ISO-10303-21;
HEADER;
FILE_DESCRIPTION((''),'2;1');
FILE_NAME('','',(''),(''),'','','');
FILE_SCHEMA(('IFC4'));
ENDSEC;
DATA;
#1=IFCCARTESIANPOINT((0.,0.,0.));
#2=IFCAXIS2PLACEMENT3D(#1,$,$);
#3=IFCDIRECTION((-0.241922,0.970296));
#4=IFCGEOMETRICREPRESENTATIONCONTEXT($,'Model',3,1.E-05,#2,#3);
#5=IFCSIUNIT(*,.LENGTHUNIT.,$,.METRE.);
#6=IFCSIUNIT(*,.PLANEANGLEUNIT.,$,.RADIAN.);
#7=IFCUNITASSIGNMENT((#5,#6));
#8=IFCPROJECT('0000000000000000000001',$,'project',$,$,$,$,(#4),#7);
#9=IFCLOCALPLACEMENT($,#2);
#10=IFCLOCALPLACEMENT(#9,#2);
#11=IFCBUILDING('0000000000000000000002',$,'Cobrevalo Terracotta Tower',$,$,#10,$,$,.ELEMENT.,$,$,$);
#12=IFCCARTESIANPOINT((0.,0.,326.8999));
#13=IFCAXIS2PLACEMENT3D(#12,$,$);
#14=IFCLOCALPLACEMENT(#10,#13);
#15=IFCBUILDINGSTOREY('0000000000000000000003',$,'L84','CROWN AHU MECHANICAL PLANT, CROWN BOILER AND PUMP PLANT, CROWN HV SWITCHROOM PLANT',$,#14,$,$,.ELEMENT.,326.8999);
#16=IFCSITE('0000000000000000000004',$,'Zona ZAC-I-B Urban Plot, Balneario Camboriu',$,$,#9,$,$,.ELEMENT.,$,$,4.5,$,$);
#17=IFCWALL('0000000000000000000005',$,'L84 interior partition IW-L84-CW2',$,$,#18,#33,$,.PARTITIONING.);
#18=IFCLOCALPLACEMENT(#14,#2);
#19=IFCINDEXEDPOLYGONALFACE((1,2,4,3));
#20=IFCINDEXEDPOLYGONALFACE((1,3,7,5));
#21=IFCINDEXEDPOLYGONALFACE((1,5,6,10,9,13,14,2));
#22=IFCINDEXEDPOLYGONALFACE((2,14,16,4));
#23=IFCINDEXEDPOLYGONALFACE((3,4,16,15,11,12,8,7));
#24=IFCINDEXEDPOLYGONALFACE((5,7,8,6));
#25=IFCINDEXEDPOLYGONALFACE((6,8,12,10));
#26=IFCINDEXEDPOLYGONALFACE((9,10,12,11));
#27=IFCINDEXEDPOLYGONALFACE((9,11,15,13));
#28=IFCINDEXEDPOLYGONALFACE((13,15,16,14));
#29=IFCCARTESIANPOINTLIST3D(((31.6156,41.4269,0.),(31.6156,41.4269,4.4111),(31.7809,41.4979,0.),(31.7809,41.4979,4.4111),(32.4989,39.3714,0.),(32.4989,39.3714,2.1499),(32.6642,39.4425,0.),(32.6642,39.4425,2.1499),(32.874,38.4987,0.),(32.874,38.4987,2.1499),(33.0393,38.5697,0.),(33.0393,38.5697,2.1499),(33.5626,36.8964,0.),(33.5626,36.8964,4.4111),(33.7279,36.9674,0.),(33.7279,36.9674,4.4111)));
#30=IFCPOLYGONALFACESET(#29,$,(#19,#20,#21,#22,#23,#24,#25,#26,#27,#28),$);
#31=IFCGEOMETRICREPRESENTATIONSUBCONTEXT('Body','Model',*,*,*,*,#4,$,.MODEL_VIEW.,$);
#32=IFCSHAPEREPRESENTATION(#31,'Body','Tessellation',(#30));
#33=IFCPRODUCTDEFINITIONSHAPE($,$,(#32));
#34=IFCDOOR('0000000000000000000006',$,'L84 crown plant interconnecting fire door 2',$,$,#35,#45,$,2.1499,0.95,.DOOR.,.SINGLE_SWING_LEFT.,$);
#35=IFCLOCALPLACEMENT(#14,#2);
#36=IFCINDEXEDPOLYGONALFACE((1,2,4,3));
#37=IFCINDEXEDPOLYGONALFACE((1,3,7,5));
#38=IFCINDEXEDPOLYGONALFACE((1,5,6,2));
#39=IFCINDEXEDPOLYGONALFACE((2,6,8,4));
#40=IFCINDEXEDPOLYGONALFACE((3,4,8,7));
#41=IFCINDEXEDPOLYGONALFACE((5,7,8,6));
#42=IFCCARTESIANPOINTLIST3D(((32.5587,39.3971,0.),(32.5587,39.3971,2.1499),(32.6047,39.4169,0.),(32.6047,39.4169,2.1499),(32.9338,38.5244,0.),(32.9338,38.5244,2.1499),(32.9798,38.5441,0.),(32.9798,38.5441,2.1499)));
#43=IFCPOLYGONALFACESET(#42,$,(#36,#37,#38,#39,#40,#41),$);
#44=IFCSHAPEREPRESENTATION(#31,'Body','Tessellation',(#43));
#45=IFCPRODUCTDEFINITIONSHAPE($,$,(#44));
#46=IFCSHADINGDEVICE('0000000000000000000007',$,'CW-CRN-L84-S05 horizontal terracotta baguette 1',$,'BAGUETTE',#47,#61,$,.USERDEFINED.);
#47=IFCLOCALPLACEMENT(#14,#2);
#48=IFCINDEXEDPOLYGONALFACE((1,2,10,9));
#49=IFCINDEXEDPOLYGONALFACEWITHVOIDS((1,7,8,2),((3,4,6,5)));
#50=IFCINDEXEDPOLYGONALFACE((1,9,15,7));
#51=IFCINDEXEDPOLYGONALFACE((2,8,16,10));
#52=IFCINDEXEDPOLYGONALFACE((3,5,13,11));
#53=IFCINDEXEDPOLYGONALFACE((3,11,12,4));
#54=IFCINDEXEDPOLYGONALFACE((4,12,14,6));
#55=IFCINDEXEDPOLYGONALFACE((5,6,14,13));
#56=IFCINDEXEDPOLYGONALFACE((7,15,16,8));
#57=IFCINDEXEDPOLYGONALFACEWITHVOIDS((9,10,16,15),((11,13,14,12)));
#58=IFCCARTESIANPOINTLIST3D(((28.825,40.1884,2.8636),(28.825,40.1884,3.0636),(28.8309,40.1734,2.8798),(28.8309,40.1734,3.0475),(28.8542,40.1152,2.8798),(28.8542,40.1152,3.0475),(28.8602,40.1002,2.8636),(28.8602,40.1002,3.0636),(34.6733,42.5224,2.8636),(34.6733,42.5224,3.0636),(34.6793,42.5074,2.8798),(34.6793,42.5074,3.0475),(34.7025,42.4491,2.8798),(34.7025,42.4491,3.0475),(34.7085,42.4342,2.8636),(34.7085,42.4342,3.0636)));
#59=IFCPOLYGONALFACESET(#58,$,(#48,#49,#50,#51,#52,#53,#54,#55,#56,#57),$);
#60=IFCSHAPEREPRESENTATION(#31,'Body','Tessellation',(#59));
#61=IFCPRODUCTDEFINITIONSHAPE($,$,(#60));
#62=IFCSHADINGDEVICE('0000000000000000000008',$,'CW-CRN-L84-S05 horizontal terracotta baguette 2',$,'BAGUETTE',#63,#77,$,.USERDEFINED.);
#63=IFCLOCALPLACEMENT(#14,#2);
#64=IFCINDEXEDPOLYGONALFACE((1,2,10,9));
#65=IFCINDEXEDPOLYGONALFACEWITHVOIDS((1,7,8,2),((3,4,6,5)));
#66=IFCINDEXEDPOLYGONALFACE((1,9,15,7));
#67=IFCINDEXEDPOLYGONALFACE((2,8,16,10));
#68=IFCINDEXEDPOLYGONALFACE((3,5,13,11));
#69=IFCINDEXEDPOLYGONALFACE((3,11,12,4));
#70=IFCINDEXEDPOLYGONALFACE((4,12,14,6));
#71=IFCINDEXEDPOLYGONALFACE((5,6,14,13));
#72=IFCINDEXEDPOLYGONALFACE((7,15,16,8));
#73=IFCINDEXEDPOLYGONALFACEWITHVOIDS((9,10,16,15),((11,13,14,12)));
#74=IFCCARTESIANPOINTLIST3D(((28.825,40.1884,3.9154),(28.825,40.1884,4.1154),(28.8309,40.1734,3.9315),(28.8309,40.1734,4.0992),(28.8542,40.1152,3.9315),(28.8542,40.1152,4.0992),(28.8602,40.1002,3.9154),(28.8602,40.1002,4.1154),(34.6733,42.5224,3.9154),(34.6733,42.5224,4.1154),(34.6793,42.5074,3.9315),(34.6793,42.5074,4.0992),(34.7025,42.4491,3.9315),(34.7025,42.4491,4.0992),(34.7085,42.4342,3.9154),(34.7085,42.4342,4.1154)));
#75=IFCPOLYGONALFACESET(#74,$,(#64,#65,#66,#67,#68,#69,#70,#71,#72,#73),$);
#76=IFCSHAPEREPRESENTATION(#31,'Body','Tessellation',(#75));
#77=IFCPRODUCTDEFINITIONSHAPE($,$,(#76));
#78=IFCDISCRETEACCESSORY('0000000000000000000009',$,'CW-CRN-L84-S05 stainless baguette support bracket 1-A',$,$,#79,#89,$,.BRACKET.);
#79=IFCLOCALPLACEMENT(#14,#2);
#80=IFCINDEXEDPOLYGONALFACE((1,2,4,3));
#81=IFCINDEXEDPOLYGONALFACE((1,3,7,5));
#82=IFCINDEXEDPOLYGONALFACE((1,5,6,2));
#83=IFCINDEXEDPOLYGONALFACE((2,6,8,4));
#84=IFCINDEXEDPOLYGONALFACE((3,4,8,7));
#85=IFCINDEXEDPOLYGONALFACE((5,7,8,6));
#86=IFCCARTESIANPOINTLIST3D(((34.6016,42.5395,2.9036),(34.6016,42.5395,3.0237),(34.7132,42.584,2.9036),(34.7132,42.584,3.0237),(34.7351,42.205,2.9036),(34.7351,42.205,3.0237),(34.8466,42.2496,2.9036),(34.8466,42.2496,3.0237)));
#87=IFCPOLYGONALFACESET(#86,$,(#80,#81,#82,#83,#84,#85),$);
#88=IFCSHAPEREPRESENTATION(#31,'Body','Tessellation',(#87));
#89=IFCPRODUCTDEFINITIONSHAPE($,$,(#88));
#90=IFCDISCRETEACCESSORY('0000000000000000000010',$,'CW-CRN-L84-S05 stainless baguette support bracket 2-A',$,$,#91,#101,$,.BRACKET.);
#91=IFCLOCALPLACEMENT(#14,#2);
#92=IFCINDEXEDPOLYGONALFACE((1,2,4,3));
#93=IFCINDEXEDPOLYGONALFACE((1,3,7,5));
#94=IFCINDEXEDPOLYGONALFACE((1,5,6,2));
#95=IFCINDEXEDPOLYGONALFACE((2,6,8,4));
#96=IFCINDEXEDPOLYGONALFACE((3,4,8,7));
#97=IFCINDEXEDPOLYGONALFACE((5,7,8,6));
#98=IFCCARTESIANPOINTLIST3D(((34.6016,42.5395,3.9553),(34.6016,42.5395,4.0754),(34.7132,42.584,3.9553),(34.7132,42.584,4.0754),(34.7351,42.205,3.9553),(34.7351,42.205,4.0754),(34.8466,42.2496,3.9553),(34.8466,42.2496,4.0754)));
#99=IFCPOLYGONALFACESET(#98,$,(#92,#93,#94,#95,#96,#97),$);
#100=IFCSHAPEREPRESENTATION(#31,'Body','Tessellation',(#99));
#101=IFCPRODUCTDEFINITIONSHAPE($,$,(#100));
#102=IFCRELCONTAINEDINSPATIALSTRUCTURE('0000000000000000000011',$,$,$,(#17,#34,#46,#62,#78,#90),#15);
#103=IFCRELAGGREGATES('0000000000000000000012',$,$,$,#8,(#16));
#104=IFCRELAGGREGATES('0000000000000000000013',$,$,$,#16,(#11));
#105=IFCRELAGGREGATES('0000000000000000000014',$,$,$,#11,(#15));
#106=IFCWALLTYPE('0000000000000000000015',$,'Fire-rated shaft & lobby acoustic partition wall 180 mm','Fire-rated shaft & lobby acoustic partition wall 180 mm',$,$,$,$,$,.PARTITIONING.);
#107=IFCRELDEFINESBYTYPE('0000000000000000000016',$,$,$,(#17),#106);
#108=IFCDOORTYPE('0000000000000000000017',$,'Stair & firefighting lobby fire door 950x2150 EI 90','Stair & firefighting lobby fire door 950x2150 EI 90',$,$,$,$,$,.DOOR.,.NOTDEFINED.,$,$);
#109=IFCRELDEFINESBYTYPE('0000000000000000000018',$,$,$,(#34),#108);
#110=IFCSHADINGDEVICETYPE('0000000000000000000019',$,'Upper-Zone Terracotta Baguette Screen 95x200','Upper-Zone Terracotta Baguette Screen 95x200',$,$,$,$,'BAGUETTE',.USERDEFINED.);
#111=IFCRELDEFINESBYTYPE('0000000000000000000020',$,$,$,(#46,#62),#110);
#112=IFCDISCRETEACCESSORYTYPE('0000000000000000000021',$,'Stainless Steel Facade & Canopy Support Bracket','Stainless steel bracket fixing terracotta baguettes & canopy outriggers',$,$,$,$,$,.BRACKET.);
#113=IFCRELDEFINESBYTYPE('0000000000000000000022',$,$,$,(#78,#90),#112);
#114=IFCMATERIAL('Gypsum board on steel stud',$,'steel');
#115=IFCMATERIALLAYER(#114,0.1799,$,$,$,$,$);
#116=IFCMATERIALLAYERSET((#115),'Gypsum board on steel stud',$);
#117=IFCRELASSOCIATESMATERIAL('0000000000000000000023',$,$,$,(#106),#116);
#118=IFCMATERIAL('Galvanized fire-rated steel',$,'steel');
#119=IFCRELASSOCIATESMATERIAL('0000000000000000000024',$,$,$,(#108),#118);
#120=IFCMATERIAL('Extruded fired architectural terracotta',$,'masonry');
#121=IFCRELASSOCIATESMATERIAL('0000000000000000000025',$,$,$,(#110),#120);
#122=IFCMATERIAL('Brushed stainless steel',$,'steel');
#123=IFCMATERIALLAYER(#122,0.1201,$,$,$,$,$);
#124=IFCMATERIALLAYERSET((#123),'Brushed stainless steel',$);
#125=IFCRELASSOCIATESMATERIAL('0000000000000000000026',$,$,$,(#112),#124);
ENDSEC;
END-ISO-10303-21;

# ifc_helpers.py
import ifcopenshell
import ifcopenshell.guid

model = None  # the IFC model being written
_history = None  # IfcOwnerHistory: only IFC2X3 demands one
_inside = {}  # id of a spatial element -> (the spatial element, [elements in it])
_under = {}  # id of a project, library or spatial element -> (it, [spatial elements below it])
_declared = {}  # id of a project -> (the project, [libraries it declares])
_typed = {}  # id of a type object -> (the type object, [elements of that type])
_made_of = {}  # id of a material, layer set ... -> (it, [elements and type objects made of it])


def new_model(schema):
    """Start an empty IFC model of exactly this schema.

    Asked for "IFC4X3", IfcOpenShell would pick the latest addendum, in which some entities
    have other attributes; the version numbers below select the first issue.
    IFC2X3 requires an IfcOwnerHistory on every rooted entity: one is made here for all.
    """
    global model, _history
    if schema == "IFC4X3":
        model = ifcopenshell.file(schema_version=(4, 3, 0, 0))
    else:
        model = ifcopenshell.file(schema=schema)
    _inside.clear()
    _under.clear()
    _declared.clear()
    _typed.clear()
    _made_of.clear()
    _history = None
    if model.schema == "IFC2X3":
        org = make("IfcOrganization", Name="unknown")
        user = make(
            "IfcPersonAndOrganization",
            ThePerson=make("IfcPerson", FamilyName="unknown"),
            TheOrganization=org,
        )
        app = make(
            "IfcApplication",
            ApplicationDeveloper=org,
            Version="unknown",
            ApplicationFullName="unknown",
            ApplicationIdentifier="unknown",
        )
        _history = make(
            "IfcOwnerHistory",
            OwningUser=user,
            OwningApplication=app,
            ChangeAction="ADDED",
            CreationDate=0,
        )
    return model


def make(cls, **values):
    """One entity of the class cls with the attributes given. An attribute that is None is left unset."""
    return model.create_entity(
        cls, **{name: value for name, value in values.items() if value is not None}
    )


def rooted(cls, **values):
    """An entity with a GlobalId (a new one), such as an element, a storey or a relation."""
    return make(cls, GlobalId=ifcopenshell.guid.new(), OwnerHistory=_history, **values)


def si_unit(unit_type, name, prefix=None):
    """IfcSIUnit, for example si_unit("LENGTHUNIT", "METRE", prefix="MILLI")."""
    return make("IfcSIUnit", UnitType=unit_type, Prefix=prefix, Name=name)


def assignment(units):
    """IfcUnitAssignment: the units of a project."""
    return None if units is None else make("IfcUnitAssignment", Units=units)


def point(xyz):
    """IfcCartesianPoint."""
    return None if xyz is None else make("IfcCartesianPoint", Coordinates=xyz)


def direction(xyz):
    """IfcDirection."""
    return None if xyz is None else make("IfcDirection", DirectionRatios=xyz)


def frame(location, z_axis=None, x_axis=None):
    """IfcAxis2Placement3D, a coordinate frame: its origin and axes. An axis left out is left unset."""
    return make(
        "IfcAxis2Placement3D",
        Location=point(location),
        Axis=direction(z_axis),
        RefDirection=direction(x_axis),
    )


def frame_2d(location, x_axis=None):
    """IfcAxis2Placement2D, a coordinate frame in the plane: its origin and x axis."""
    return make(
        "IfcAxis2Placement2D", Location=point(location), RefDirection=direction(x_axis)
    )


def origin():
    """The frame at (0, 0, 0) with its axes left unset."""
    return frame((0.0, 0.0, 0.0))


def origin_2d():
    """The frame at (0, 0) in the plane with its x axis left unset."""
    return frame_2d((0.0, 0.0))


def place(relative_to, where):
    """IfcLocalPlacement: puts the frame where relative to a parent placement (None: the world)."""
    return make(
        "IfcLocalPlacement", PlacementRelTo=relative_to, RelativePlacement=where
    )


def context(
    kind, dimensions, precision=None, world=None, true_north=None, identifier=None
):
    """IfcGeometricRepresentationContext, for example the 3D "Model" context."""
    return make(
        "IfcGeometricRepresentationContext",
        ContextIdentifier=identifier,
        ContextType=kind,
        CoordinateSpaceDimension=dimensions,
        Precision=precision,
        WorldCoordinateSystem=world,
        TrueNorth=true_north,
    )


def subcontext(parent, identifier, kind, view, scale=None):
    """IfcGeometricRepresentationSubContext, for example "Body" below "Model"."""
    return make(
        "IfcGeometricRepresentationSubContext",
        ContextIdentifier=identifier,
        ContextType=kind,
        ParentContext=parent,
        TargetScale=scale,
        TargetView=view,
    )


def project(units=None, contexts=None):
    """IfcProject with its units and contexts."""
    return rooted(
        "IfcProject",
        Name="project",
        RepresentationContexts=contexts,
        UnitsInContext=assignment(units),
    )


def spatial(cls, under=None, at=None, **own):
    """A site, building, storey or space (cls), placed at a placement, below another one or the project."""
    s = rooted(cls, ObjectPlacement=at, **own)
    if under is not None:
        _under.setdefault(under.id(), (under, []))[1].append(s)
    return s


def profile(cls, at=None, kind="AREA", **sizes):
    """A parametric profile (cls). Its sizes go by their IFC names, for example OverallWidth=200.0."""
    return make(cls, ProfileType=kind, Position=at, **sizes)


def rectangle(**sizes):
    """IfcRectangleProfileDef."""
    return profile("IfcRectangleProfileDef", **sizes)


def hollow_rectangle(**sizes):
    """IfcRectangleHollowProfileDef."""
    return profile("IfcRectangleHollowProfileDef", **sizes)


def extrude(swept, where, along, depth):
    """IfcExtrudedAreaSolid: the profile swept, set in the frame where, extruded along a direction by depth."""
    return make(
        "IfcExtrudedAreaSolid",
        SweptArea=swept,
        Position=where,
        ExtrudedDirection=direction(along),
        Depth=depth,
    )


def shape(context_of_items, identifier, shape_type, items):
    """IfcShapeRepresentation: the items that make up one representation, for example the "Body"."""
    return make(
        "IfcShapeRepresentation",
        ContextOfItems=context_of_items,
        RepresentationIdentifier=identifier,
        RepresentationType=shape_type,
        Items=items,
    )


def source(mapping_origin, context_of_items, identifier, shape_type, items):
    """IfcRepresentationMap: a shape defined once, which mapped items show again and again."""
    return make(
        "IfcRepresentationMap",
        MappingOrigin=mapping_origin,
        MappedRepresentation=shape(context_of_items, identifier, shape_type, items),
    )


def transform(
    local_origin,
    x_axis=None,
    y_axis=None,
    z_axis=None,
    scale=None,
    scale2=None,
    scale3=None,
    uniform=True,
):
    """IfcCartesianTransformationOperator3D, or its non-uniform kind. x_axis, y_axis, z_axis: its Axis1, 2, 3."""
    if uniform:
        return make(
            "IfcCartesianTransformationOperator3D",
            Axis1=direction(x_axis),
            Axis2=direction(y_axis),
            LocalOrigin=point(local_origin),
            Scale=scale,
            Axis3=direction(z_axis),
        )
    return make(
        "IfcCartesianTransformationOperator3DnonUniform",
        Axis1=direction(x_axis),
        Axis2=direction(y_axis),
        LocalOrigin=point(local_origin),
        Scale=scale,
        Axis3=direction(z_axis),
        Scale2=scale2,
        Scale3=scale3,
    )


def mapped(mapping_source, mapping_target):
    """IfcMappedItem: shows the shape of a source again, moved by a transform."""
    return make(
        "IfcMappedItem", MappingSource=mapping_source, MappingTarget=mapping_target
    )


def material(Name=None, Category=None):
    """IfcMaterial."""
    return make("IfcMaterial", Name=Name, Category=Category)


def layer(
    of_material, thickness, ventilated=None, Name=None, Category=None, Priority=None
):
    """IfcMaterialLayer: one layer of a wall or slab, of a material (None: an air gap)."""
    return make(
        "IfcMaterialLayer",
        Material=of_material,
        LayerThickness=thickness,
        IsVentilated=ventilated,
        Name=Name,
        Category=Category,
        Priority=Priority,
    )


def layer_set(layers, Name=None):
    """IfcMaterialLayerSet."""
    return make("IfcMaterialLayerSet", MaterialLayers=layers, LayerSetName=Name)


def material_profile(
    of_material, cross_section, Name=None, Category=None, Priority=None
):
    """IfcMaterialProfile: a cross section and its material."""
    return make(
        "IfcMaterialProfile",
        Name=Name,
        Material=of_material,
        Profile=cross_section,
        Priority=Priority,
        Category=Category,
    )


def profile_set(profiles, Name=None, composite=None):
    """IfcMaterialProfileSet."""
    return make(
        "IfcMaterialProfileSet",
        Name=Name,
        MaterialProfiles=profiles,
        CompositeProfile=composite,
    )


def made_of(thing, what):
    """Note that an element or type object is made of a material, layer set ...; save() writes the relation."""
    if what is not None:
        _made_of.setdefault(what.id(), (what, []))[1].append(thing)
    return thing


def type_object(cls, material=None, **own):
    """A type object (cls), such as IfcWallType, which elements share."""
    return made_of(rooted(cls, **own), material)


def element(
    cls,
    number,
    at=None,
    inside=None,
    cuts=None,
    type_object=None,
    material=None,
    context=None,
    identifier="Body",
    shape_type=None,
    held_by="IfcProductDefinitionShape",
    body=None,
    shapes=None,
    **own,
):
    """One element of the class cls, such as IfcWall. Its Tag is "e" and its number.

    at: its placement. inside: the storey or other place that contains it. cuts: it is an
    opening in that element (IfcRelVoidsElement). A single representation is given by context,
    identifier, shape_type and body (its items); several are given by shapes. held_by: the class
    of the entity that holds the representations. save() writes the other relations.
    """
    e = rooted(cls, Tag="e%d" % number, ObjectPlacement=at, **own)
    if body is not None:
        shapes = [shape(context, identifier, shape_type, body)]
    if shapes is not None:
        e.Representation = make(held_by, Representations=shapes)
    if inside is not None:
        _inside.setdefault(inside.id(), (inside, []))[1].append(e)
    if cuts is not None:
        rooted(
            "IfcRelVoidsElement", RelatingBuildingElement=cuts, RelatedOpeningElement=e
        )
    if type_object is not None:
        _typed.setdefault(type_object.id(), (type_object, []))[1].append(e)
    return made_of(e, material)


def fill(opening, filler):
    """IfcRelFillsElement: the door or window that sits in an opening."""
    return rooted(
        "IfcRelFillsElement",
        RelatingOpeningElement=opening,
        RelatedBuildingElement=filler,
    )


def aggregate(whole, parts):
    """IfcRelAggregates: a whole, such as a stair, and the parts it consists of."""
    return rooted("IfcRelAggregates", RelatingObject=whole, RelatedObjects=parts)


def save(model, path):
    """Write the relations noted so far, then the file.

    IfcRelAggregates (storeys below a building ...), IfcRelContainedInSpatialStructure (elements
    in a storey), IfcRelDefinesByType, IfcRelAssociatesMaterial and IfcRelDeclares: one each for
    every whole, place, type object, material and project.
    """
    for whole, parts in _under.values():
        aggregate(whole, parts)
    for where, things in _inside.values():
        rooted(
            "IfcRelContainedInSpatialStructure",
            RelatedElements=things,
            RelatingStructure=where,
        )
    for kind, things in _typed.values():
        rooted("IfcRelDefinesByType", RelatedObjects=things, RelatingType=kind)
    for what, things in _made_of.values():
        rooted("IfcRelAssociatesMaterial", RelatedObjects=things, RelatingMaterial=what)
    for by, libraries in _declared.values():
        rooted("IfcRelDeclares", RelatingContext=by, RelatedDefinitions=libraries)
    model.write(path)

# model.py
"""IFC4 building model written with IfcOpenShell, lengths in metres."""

from ifc_helpers import new_model, si_unit, direction, frame, frame_2d, origin, origin_2d, place, context, subcontext, project, spatial, rectangle, hollow_rectangle, extrude, source, transform, mapped, material, layer, layer_set, material_profile, profile_set, type_object, element, fill, save


model = new_model("IFC4")

# Units and contexts
model_context = context("Model", 3, precision=1e-05, world=origin(), true_north=direction((-0.241922, 0.970296)))
body_context = subcontext(model_context, "Body", "Model", "MODEL_VIEW")
ifc_project = project(units=[si_unit("LENGTHUNIT", "METRE"), si_unit("PLANEANGLEUNIT", "RADIAN")], contexts=[model_context])

# Site, building, storey
site_placement = place(None, origin())
site = spatial("IfcSite", under=ifc_project, at=site_placement, Name="Zona ZAC-I-B Urban Plot, Balneario Camboriu", CompositionType="ELEMENT", RefElevation=4.5)
building_placement = place(site_placement, origin())
building = spatial("IfcBuilding", under=site, at=building_placement, Name="Cobrevalo Terracotta Tower", CompositionType="ELEMENT")
storey_placement = place(building_placement, frame((0.0, 0.0, 326.8999)))
storey = spatial("IfcBuildingStorey", under=building, at=storey_placement, Name="L84", Description="CROWN AHU MECHANICAL PLANT, CROWN BOILER AND PUMP PLANT, CROWN HV SWITCHROOM PLANT", CompositionType="ELEMENT", Elevation=326.8999)

# Wall, opening, door
ifc_material_1 = material(Name="Gypsum board on steel stud", Category="steel")
ifc_layer_1 = layer(ifc_material_1, 0.1799)
ifc_layer_set_1 = layer_set([ifc_layer_1], Name="Gypsum board on steel stud")
wall_type = type_object("IfcWallType", Name="Fire-rated shaft & lobby acoustic partition wall 180 mm", Description="Fire-rated shaft & lobby acoustic partition wall 180 mm", PredefinedType="PARTITIONING", material=ifc_layer_set_1)
wall_placement = place(storey_placement, frame((33.6453, 36.9319, 0.0), z_axis=(0.0, 0.0, 1.0), x_axis=(-0.394839, 0.91875, 0.0)))
wall = element("IfcWall", 1, at=wall_placement, inside=storey, type_object=wall_type, Name="L84 interior partition IW-L84-CW2", PredefinedType="PARTITIONING", context=body_context, shape_type="SweptSolid", body=[
    extrude(rectangle(XDim=4.9312, YDim=0.1799, at=frame_2d((2.4656, 0.0))), origin(), (0.0, 0.0, 1.0), 4.4111),
])
opening_placement = place(wall_placement, frame((1.7439, 0.0, 0.0)))
opening = element("IfcOpeningElement", 2, at=opening_placement, cuts=wall, PredefinedType="OPENING", context=body_context, shape_type="SweptSolid", body=[
    extrude(rectangle(XDim=0.95, YDim=2.1499, at=frame_2d((0.4751, 1.075))), frame((0.0, 0.1001, 0.0), z_axis=(0.0, -1.0, 0.0), x_axis=(1.0, 0.0, 0.0)), (0.0, 0.0, 1.0), 0.2),
])
ifc_material_2 = material(Name="Galvanized fire-rated steel", Category="steel")
door_type = type_object("IfcDoorType", Name="Stair & firefighting lobby fire door 950x2150 EI 90", Description="Stair & firefighting lobby fire door 950x2150 EI 90", OperationType="NOTDEFINED", PredefinedType="DOOR", material=ifc_material_2)
shared_shape_1 = source(origin(), body_context, "Body", "SweptSolid", [
    extrude(rectangle(XDim=0.95, YDim=2.1499, at=frame_2d((0.4751, 1.075))), frame((0.0, 0.0249, 0.0), z_axis=(0.0, -1.0, 0.0), x_axis=(1.0, 0.0, 0.0)), (0.0, 0.0, 1.0), 0.05),
])
door_placement = place(opening_placement, origin())
door = element("IfcDoor", 3, at=door_placement, inside=storey, type_object=door_type, Name="L84 crown plant interconnecting fire door 2", OperationType="SINGLE_SWING_LEFT", OverallHeight=2.1499, OverallWidth=0.95, PredefinedType="DOOR", context=body_context, shape_type="MappedRepresentation", body=[
    mapped(shared_shape_1, transform((0.0, 0.0, 0.0), scale=1.0)),
])
fill(opening, door)

# Shading devices
ifc_material_3 = material(Name="Extruded fired architectural terracotta", Category="masonry")
ifc_material_profile_1 = material_profile(ifc_material_3, hollow_rectangle(XDim=0.095, YDim=0.2, WallThickness=0.0161, at=origin_2d()), Name="BAGUETTE 95x200")
ifc_profile_set_1 = profile_set([ifc_material_profile_1], Name="Extruded fired architectural terracotta")
shading_device_type = type_object("IfcShadingDeviceType", Name="Upper-Zone Terracotta Baguette Screen 95x200", Description="Upper-Zone Terracotta Baguette Screen 95x200", ElementType="BAGUETTE", PredefinedType="USERDEFINED", material=ifc_profile_set_1)
shared_shape_2 = source(origin(), body_context, "Body", "SweptSolid", [
    extrude(hollow_rectangle(XDim=0.095, YDim=0.2, WallThickness=0.0161, at=origin_2d()), origin(), (0.0, 0.0, 1.0), 6.2969),
])
for number, where, z_axis, x_axis, name in (
    (4, (34.6909, 42.4783, 2.9636), (-0.928771, -0.370655, 0.0), (0.370655, -0.928771, 0.0), "CW-CRN-L84-S05 horizontal terracotta baguette 1"),
    (5, (34.6909, 42.4783, 4.0154), (-0.928771, -0.370655, 0.0), (0.370655, -0.928771, 0.0), "CW-CRN-L84-S05 horizontal terracotta baguette 2"),
):
    element("IfcShadingDevice", number, at=place(storey_placement, frame(where, z_axis=z_axis, x_axis=x_axis)), inside=storey, type_object=shading_device_type, Name=name, ObjectType="BAGUETTE", PredefinedType="USERDEFINED", context=body_context, shape_type="MappedRepresentation", body=[
        mapped(shared_shape_2, transform((0.0, 0.0, 0.0), scale=1.0)),
    ])

# Discrete accessories
ifc_material_4 = material(Name="Brushed stainless steel", Category="steel")
ifc_layer_2 = layer(ifc_material_4, 0.1201)
ifc_layer_set_2 = layer_set([ifc_layer_2], Name="Brushed stainless steel")
discrete_accessory_type = type_object("IfcDiscreteAccessoryType", Name="Stainless Steel Facade & Canopy Support Bracket", Description="Stainless steel bracket fixing terracotta baguettes & canopy outriggers", PredefinedType="BRACKET", material=ifc_layer_set_2)
shared_shape_3 = source(origin(), body_context, "Body", "SweptSolid", [
    extrude(rectangle(XDim=0.1201, YDim=0.3601, at=origin_2d()), origin(), (0.0, 0.0, 1.0), 0.1201),
])
for number, where, z_axis, x_axis, name in (
    (6, (34.7241, 42.3945, 2.9036), (0.0, 0.0, 1.0), (-0.928769, -0.37066, 0.0), "CW-CRN-L84-S05 stainless baguette support bracket 1-A"),
    (7, (34.7241, 42.3945, 3.9553), (0.0, 0.0, 1.0), (-0.928769, -0.37066, 0.0), "CW-CRN-L84-S05 stainless baguette support bracket 2-A"),
):
    element("IfcDiscreteAccessory", number, at=place(storey_placement, frame(where, z_axis=z_axis, x_axis=x_axis)), inside=storey, type_object=discrete_accessory_type, Name=name, PredefinedType="BRACKET", context=body_context, shape_type="MappedRepresentation", body=[
        mapped(shared_shape_3, transform((0.0, 0.0, 0.0), scale=1.0)),
    ])

save(model, "model.ifc")
